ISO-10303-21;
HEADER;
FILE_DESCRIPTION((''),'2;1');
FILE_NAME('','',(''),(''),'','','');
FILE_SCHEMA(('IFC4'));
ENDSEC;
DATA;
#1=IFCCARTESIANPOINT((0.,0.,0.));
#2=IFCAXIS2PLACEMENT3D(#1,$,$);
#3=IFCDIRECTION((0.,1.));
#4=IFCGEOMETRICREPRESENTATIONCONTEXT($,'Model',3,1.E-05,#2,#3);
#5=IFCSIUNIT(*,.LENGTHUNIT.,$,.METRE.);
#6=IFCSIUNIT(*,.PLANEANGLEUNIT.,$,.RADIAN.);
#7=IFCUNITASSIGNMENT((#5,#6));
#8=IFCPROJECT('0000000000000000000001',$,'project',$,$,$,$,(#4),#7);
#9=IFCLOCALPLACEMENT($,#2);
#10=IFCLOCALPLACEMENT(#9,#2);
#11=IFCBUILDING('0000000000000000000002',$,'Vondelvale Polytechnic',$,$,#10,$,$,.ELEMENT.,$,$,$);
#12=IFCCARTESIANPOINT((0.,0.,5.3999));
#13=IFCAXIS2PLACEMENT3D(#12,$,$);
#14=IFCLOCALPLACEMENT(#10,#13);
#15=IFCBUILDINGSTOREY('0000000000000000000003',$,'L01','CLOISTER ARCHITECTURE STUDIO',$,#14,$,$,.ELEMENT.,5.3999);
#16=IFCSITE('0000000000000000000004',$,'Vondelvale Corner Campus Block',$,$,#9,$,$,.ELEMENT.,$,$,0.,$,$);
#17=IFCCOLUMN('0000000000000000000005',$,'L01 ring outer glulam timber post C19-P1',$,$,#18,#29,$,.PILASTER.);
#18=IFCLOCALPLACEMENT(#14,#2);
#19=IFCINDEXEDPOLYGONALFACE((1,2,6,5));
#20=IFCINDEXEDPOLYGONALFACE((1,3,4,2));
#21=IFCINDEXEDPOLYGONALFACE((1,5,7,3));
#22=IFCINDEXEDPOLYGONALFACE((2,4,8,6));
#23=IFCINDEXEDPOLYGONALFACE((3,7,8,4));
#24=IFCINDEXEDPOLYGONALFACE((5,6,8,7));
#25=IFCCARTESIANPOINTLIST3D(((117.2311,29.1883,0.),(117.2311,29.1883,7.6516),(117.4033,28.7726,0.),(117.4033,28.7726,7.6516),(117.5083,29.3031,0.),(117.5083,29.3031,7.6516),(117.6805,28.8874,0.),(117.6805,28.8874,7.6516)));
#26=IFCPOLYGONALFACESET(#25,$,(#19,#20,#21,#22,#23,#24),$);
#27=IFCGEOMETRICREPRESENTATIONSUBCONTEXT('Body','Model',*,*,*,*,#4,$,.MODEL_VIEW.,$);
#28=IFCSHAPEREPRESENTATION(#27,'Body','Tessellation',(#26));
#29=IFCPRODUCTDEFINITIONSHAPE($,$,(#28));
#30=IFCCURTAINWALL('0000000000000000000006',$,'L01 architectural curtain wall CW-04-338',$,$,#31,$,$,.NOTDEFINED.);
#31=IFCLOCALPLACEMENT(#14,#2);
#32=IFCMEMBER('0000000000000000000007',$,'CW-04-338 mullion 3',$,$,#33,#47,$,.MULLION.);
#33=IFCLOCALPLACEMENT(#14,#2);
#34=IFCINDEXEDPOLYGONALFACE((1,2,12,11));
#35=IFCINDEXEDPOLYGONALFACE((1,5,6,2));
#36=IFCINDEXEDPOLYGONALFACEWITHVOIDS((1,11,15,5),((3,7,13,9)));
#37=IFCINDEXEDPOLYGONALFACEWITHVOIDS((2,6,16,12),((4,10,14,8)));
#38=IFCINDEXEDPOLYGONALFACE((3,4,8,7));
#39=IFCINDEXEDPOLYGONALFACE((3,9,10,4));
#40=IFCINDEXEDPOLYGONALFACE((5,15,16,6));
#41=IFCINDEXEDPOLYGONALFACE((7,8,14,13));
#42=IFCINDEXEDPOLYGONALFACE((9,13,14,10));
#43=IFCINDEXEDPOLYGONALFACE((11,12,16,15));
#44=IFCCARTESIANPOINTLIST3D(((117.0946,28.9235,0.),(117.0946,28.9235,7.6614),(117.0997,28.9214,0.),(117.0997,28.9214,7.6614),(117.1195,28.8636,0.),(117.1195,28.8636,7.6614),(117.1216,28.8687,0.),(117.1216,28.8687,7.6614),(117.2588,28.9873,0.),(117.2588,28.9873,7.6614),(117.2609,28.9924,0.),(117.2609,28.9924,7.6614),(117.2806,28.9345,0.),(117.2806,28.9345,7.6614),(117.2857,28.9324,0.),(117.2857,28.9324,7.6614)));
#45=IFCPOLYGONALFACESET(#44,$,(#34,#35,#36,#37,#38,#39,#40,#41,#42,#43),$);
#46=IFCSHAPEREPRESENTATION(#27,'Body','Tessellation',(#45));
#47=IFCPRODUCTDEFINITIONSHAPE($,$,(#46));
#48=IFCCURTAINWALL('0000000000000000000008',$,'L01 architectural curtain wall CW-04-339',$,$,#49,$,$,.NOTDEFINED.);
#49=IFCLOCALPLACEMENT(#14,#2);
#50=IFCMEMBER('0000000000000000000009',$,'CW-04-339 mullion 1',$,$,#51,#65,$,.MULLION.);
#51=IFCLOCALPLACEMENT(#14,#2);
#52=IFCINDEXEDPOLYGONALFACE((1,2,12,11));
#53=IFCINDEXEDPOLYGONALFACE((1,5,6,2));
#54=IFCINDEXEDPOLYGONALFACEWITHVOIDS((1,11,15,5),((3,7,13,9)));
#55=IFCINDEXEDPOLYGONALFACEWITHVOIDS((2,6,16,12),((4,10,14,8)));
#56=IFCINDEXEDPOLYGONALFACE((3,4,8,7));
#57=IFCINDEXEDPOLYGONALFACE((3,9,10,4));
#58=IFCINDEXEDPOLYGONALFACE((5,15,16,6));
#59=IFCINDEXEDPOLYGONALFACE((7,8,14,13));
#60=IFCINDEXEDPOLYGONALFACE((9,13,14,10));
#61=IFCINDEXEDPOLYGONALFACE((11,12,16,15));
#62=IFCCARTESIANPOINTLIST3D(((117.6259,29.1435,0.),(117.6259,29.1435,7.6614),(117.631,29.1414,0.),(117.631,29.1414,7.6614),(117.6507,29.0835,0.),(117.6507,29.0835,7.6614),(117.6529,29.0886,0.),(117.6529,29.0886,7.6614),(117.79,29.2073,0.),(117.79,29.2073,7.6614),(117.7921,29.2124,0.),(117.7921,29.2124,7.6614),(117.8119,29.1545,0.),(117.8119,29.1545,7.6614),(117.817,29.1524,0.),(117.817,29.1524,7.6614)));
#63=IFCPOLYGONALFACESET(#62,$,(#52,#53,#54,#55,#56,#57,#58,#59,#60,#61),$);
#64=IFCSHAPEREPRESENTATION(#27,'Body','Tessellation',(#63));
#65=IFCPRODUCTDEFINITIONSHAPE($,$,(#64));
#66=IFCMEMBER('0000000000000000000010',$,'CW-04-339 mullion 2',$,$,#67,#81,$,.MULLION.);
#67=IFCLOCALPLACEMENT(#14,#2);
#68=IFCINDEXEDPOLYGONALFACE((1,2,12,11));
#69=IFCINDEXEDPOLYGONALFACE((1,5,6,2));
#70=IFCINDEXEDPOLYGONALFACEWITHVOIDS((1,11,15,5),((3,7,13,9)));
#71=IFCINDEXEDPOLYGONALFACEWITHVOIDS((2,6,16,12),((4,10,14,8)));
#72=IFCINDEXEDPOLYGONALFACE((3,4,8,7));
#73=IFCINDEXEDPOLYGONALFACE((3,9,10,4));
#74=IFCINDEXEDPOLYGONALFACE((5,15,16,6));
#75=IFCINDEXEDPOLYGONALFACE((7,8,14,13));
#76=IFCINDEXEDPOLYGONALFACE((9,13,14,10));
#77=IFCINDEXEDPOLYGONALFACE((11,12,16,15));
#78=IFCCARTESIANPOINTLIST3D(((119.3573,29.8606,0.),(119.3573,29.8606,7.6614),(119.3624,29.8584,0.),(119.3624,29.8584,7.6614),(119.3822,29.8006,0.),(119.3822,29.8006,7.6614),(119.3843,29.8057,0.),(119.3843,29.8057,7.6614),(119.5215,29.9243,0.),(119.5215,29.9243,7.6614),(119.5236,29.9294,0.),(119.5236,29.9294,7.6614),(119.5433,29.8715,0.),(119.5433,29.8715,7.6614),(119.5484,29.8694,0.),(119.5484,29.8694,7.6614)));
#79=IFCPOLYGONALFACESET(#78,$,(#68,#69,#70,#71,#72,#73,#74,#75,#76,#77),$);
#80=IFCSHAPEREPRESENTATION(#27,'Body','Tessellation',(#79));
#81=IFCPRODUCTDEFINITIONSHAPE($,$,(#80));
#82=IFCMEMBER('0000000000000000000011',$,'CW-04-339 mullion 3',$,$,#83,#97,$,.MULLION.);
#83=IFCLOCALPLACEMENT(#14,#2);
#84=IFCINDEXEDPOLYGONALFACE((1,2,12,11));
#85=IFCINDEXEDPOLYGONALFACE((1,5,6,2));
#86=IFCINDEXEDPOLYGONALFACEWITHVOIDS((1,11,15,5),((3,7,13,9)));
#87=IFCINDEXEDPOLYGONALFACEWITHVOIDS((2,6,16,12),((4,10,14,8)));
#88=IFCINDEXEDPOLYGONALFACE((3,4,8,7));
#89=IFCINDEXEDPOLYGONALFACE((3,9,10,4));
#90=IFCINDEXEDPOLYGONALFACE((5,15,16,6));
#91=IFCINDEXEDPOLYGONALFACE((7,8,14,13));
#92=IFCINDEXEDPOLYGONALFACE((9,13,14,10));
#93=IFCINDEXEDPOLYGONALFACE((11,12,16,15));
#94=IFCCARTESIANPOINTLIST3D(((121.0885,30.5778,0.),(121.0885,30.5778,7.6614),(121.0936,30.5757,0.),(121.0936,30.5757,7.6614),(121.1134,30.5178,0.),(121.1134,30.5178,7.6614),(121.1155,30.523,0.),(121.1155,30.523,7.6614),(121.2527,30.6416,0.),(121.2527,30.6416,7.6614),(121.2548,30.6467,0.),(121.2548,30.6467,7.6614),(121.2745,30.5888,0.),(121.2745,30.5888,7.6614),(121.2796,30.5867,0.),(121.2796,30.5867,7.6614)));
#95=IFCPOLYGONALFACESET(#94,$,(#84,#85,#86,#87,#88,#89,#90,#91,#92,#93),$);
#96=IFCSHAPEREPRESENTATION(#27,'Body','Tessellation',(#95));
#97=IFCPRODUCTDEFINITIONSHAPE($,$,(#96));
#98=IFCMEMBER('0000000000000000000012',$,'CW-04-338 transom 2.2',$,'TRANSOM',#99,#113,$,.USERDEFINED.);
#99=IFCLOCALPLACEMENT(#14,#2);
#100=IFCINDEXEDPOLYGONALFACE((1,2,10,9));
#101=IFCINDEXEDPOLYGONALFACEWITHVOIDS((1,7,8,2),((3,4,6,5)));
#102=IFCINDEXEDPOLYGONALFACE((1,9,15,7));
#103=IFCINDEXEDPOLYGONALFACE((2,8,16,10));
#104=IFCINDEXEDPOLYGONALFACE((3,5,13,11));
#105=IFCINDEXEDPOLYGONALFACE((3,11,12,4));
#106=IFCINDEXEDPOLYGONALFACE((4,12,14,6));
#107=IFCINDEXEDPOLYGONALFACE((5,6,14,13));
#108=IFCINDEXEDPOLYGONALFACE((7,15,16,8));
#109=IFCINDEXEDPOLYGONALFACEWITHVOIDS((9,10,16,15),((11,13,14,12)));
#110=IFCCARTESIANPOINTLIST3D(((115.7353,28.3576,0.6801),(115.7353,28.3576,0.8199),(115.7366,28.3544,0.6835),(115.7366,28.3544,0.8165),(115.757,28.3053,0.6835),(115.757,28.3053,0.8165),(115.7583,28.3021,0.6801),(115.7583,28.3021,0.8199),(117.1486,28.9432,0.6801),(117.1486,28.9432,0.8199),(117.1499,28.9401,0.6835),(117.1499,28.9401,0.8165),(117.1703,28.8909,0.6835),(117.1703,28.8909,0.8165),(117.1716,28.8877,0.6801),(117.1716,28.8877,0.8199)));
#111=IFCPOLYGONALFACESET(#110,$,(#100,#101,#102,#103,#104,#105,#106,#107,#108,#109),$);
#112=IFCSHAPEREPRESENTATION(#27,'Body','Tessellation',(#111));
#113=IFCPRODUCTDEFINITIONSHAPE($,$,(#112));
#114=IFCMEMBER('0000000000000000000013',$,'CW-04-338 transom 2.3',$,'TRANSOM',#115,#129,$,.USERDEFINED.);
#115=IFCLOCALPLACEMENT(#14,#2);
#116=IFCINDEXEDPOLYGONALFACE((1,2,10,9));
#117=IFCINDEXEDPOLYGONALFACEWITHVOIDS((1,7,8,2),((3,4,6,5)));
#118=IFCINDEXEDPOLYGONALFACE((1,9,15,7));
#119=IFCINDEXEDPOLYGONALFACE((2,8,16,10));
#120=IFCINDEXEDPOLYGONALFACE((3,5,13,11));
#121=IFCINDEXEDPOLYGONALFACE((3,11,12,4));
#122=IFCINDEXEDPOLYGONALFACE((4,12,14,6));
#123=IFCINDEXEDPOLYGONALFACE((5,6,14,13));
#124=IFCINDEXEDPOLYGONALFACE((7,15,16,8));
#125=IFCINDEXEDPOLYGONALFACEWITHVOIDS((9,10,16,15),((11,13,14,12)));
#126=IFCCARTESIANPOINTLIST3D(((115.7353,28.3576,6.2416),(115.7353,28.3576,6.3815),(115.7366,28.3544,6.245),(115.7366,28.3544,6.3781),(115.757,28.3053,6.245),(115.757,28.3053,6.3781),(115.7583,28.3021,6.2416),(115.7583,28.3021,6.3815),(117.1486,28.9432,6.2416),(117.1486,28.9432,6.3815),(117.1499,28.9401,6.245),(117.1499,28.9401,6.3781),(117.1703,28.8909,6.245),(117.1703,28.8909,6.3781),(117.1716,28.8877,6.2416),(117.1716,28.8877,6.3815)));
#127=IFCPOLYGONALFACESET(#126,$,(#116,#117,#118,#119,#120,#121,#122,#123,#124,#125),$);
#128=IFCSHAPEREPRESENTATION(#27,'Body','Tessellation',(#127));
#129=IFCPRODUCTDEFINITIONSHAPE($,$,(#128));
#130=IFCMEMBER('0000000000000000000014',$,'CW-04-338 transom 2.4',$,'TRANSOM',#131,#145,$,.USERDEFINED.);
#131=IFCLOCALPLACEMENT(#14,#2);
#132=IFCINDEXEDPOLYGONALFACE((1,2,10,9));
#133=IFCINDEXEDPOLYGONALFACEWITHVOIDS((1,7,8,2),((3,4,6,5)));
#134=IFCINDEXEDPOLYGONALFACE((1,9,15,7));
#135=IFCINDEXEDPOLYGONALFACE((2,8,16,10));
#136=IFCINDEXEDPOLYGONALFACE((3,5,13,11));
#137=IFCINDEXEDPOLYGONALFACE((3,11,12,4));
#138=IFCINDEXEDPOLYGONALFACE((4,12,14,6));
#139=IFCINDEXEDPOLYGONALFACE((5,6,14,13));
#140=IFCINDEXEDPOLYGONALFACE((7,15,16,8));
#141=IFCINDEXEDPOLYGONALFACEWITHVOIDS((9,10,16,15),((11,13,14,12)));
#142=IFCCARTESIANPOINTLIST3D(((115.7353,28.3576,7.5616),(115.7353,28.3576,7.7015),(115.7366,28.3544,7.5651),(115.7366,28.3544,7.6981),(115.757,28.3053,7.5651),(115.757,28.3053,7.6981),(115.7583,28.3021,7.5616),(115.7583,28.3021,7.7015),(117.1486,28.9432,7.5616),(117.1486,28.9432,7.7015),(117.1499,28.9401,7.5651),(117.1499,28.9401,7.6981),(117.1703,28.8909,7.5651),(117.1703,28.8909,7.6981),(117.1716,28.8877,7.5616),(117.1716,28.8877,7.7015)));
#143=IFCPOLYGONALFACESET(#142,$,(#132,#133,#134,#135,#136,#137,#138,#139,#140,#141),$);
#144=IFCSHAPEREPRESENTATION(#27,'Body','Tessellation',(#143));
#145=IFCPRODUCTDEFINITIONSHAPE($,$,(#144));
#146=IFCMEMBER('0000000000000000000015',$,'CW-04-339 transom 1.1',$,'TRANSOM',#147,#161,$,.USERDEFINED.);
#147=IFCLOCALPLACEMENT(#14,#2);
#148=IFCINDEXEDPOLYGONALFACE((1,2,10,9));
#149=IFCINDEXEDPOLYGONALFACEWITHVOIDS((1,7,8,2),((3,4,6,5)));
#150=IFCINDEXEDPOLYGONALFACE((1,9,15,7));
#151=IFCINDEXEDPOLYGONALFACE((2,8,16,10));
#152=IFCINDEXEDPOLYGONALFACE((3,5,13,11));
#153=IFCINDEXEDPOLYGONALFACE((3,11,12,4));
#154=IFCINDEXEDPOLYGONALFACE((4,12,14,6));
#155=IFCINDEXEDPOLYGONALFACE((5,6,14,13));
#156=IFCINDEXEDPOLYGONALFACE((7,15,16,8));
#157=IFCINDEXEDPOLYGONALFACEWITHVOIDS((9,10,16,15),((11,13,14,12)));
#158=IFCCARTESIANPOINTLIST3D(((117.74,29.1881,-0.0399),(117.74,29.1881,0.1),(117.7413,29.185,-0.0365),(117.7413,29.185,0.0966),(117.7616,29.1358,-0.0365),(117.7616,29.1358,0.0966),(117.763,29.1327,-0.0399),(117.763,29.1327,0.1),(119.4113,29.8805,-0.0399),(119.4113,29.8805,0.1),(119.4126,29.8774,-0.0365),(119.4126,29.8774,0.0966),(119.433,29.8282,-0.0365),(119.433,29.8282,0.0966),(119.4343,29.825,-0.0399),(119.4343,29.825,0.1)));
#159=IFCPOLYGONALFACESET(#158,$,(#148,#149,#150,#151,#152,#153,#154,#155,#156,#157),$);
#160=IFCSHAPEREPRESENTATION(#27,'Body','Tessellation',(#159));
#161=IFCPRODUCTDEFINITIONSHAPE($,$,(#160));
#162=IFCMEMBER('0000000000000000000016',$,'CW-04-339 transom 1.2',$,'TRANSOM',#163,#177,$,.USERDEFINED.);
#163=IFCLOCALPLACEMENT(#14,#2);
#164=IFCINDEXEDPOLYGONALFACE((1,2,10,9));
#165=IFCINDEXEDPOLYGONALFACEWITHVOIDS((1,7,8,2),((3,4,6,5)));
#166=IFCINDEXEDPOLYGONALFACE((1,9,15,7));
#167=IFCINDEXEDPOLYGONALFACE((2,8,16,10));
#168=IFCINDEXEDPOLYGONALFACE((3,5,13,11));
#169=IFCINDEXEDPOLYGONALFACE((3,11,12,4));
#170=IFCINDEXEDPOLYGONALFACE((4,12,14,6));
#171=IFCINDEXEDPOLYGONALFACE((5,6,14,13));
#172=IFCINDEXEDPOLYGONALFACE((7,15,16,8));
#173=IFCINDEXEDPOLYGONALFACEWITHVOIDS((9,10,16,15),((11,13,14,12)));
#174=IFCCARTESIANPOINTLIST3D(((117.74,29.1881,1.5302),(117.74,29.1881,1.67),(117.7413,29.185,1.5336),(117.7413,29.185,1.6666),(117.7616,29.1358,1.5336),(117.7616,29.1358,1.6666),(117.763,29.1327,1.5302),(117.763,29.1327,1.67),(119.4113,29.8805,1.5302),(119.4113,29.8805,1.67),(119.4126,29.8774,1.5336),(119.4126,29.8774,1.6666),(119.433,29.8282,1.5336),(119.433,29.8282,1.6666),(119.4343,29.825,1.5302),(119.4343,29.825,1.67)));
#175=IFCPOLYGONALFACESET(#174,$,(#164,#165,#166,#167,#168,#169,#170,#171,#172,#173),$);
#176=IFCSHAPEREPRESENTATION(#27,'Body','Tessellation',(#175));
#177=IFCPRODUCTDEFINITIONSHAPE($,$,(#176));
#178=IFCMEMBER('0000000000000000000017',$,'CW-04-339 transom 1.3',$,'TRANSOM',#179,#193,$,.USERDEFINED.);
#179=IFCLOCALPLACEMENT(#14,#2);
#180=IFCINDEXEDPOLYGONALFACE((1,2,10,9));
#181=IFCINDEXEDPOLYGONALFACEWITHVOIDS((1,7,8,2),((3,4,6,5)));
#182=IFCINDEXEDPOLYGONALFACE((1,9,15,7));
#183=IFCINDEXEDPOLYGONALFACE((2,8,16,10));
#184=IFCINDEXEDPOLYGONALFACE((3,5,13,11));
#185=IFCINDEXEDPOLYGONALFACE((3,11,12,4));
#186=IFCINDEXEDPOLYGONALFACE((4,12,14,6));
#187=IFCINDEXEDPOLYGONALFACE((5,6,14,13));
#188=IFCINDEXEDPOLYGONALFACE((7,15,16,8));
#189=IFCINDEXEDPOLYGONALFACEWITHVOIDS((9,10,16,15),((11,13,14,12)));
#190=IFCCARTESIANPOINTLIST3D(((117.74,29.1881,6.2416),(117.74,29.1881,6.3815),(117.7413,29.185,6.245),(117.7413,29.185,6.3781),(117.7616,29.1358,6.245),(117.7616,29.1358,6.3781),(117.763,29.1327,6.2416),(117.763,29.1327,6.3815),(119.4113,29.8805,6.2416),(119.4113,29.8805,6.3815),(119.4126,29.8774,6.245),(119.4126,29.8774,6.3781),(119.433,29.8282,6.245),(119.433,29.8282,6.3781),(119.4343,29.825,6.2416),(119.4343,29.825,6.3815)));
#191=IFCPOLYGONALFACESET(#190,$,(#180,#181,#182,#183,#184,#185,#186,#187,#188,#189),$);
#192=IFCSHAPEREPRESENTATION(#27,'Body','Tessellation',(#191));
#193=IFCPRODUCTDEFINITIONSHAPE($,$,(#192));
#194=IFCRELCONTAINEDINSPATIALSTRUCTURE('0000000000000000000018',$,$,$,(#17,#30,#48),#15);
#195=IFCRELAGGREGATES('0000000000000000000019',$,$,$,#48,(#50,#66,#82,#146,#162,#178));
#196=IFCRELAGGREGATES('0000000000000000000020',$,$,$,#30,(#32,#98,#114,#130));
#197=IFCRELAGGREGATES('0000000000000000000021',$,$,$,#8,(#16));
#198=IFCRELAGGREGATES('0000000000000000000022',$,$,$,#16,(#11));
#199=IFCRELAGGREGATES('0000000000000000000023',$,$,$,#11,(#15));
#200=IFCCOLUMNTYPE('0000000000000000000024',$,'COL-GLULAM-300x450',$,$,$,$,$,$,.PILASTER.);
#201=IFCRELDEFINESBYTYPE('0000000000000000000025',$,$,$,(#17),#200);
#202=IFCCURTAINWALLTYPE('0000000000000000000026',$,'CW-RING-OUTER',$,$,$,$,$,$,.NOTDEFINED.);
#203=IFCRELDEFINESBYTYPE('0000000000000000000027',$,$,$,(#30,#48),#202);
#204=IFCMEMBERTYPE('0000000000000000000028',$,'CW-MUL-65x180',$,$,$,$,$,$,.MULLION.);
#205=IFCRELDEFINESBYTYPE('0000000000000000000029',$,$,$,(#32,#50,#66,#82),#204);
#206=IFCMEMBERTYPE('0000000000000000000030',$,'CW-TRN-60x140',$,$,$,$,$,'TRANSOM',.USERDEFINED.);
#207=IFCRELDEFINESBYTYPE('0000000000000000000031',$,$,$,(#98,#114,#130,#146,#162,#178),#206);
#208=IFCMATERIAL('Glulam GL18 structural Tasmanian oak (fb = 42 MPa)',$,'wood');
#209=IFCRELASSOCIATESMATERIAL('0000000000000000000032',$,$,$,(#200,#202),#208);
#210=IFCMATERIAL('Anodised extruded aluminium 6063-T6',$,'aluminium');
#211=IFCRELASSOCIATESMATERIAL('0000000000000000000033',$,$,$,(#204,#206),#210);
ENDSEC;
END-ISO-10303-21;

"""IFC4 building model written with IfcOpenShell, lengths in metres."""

from ifc_helpers import new_model, si_unit, direction, frame, origin, origin_2d, place, context, subcontext, project, spatial, rectangle, hollow_rectangle, extrude, material, material_profile, profile_set, type_object, element, aggregate, save


model = new_model("IFC4")

# Units and contexts
model_context = context("Model", 3, precision=1e-05, world=origin(), true_north=direction((0.0, 1.0)))
body_context = subcontext(model_context, "Body", "Model", "MODEL_VIEW")
ifc_project = project(units=[si_unit("LENGTHUNIT", "METRE"), si_unit("PLANEANGLEUNIT", "RADIAN")], contexts=[model_context])

# Site, building, storey
site_placement = place(None, origin())
site = spatial("IfcSite", under=ifc_project, at=site_placement, Name="Vondelvale Corner Campus Block", CompositionType="ELEMENT", RefElevation=0.0)
building_placement = place(site_placement, origin())
building = spatial("IfcBuilding", under=site, at=building_placement, Name="Vondelvale Polytechnic", CompositionType="ELEMENT")
storey_placement = place(building_placement, frame((0.0, 0.0, 5.3999)))
storey = spatial("IfcBuildingStorey", under=building, at=storey_placement, Name="L01", Description="CLOISTER ARCHITECTURE STUDIO", CompositionType="ELEMENT", Elevation=5.3999)

# Column
ifc_material_1 = material(Name="Glulam GL18 structural Tasmanian oak (fb = 42 MPa)", Category="wood")
ifc_material_profile_1 = material_profile(ifc_material_1, rectangle(XDim=0.3, YDim=0.45, at=origin_2d()), Name="GL-POST-300x450")
ifc_profile_set_1 = profile_set([ifc_material_profile_1], Name="Glulam GL18 structural Tasmanian oak (fb = 42 MPa)")
column_type = type_object("IfcColumnType", Name="COL-GLULAM-300x450", PredefinedType="PILASTER", material=ifc_profile_set_1)
column_placement = place(storey_placement, frame((117.4558, 29.0378, 0.0), z_axis=(0.0, 0.0, 1.0), x_axis=(0.92388, 0.382683, 0.0)))
element("IfcColumn", 1, at=column_placement, inside=storey, type_object=column_type, Name="L01 ring outer glulam timber post C19-P1", PredefinedType="PILASTER", context=body_context, shape_type="SweptSolid", body=[
    extrude(rectangle(XDim=0.3, YDim=0.45, at=origin_2d()), origin(), (0.0, 0.0, 1.0), 7.6516),
])

# Curtain wall, member
curtain_wall_type = type_object("IfcCurtainWallType", Name="CW-RING-OUTER", PredefinedType="NOTDEFINED", material=ifc_material_1)
curtain_wall_1_placement = place(storey_placement, origin())
curtain_wall_1 = element("IfcCurtainWall", 2, at=curtain_wall_1_placement, inside=storey, type_object=curtain_wall_type, Name="L01 architectural curtain wall CW-04-338", PredefinedType="NOTDEFINED")
ifc_material_2 = material(Name="Anodised extruded aluminium 6063-T6", Category="aluminium")
ifc_material_profile_2 = material_profile(ifc_material_2, hollow_rectangle(XDim=0.0649, YDim=0.1799, WallThickness=0.0039, at=origin_2d()), Name="CW-MUL-180x65")
ifc_profile_set_2 = profile_set([ifc_material_profile_2], Name="Anodised extruded aluminium 6063-T6")
member_type_1 = type_object("IfcMemberType", Name="CW-MUL-65x180", PredefinedType="MULLION", material=ifc_profile_set_2)
member_1_placement = place(storey_placement, frame((117.1902, 28.928, 0.0), z_axis=(0.0, 0.0, 1.0), x_axis=(-0.382677, 0.923882, 0.0)))
member_1 = element("IfcMember", 3, at=member_1_placement, type_object=member_type_1, Name="CW-04-338 mullion 3", PredefinedType="MULLION", context=body_context, shape_type="SweptSolid", body=[
    extrude(hollow_rectangle(XDim=0.0649, YDim=0.1799, WallThickness=0.0039, at=origin_2d()), origin(), (0.0, 0.0, 1.0), 7.6614),
])

# Curtain wall, members
curtain_wall_2_placement = place(storey_placement, origin())
curtain_wall_2 = element("IfcCurtainWall", 4, at=curtain_wall_2_placement, inside=storey, type_object=curtain_wall_type, Name="L01 architectural curtain wall CW-04-339", PredefinedType="NOTDEFINED")
member_2_placement = place(storey_placement, frame((117.7214, 29.1479, 0.0), z_axis=(0.0, 0.0, 1.0), x_axis=(-0.382695, 0.923875, 0.0)))
member_2 = element("IfcMember", 5, at=member_2_placement, type_object=member_type_1, Name="CW-04-339 mullion 1", PredefinedType="MULLION", context=body_context, shape_type="SweptSolid", body=[
    extrude(hollow_rectangle(XDim=0.0649, YDim=0.1799, WallThickness=0.0039, at=origin_2d()), origin(), (0.0, 0.0, 1.0), 7.6614),
])
member_3_placement = place(storey_placement, frame((119.4529, 29.865, 0.0), z_axis=(0.0, 0.0, 1.0), x_axis=(-0.382695, 0.923875, 0.0)))
member_3 = element("IfcMember", 6, at=member_3_placement, type_object=member_type_1, Name="CW-04-339 mullion 2", PredefinedType="MULLION", context=body_context, shape_type="SweptSolid", body=[
    extrude(hollow_rectangle(XDim=0.0649, YDim=0.1799, WallThickness=0.0039, at=origin_2d()), origin(), (0.0, 0.0, 1.0), 7.6614),
])
member_4_placement = place(storey_placement, frame((121.1841, 30.5823, 0.0), z_axis=(0.0, 0.0, 1.0), x_axis=(-0.382695, 0.923875, 0.0)))
member_4 = element("IfcMember", 7, at=member_4_placement, type_object=member_type_1, Name="CW-04-339 mullion 3", PredefinedType="MULLION", context=body_context, shape_type="SweptSolid", body=[
    extrude(hollow_rectangle(XDim=0.0649, YDim=0.1799, WallThickness=0.0039, at=origin_2d()), origin(), (0.0, 0.0, 1.0), 7.6614),
])

# Members
ifc_material_profile_3 = material_profile(ifc_material_2, hollow_rectangle(XDim=0.0601, YDim=0.1399, WallThickness=0.0034, at=origin_2d()), Name="CW-TRN-140x60")
ifc_profile_set_3 = profile_set([ifc_material_profile_3], Name="Anodised extruded aluminium 6063-T6")
member_type_2 = type_object("IfcMemberType", Name="CW-TRN-60x140", ElementType="TRANSOM", PredefinedType="USERDEFINED", material=ifc_profile_set_3)
member_5_placement = place(storey_placement, frame((115.7468, 28.3298, 0.75), z_axis=(0.923816, 0.382836, 0.0), x_axis=(-0.382836, 0.923816, 0.0)))
member_5 = element("IfcMember", 8, at=member_5_placement, type_object=member_type_2, Name="CW-04-338 transom 2.2", ObjectType="TRANSOM", PredefinedType="USERDEFINED", context=body_context, shape_type="SweptSolid", body=[
    extrude(hollow_rectangle(XDim=0.0601, YDim=0.1399, WallThickness=0.0034, at=origin_2d()), origin(), (0.0, 0.0, 1.0), 1.5298),
])
member_6_placement = place(storey_placement, frame((115.7468, 28.3298, 6.3115), z_axis=(0.923816, 0.382836, 0.0), x_axis=(-0.382836, 0.923816, 0.0)))
member_6 = element("IfcMember", 9, at=member_6_placement, type_object=member_type_2, Name="CW-04-338 transom 2.3", ObjectType="TRANSOM", PredefinedType="USERDEFINED", context=body_context, shape_type="SweptSolid", body=[
    extrude(hollow_rectangle(XDim=0.0601, YDim=0.1399, WallThickness=0.0034, at=origin_2d()), origin(), (0.0, 0.0, 1.0), 1.5298),
])
member_7_placement = place(storey_placement, frame((115.7468, 28.3298, 7.6316), z_axis=(0.923816, 0.382836, 0.0), x_axis=(-0.382836, 0.923816, 0.0)))
member_7 = element("IfcMember", 10, at=member_7_placement, type_object=member_type_2, Name="CW-04-338 transom 2.4", ObjectType="TRANSOM", PredefinedType="USERDEFINED", context=body_context, shape_type="SweptSolid", body=[
    extrude(hollow_rectangle(XDim=0.0601, YDim=0.1399, WallThickness=0.0034, at=origin_2d()), origin(), (0.0, 0.0, 1.0), 1.5298),
])
member_8_placement = place(storey_placement, frame((117.7515, 29.1604, 0.03), z_axis=(0.923866, 0.382717, 0.0), x_axis=(-0.382717, 0.923866, 0.0)))
member_8 = element("IfcMember", 11, at=member_8_placement, type_object=member_type_2, Name="CW-04-339 transom 1.1", ObjectType="TRANSOM", PredefinedType="USERDEFINED", context=body_context, shape_type="SweptSolid", body=[
    extrude(hollow_rectangle(XDim=0.0601, YDim=0.1399, WallThickness=0.0034, at=origin_2d()), origin(), (0.0, 0.0, 1.0), 1.8091),
])
member_9_placement = place(storey_placement, frame((117.7515, 29.1604, 1.6001), z_axis=(0.923866, 0.382717, 0.0), x_axis=(-0.382717, 0.923866, 0.0)))
member_9 = element("IfcMember", 12, at=member_9_placement, type_object=member_type_2, Name="CW-04-339 transom 1.2", ObjectType="TRANSOM", PredefinedType="USERDEFINED", context=body_context, shape_type="SweptSolid", body=[
    extrude(hollow_rectangle(XDim=0.0601, YDim=0.1399, WallThickness=0.0034, at=origin_2d()), origin(), (0.0, 0.0, 1.0), 1.8091),
])
member_10_placement = place(storey_placement, frame((117.7515, 29.1604, 6.3115), z_axis=(0.923866, 0.382717, 0.0), x_axis=(-0.382717, 0.923866, 0.0)))
member_10 = element("IfcMember", 13, at=member_10_placement, type_object=member_type_2, Name="CW-04-339 transom 1.3", ObjectType="TRANSOM", PredefinedType="USERDEFINED", context=body_context, shape_type="SweptSolid", body=[
    extrude(hollow_rectangle(XDim=0.0601, YDim=0.1399, WallThickness=0.0034, at=origin_2d()), origin(), (0.0, 0.0, 1.0), 1.8091),
])

aggregate(curtain_wall_2, [member_2, member_3, member_4, member_8, member_9, member_10])
aggregate(curtain_wall_1, [member_1, member_5, member_6, member_7])

save(model, "model.ifc")
